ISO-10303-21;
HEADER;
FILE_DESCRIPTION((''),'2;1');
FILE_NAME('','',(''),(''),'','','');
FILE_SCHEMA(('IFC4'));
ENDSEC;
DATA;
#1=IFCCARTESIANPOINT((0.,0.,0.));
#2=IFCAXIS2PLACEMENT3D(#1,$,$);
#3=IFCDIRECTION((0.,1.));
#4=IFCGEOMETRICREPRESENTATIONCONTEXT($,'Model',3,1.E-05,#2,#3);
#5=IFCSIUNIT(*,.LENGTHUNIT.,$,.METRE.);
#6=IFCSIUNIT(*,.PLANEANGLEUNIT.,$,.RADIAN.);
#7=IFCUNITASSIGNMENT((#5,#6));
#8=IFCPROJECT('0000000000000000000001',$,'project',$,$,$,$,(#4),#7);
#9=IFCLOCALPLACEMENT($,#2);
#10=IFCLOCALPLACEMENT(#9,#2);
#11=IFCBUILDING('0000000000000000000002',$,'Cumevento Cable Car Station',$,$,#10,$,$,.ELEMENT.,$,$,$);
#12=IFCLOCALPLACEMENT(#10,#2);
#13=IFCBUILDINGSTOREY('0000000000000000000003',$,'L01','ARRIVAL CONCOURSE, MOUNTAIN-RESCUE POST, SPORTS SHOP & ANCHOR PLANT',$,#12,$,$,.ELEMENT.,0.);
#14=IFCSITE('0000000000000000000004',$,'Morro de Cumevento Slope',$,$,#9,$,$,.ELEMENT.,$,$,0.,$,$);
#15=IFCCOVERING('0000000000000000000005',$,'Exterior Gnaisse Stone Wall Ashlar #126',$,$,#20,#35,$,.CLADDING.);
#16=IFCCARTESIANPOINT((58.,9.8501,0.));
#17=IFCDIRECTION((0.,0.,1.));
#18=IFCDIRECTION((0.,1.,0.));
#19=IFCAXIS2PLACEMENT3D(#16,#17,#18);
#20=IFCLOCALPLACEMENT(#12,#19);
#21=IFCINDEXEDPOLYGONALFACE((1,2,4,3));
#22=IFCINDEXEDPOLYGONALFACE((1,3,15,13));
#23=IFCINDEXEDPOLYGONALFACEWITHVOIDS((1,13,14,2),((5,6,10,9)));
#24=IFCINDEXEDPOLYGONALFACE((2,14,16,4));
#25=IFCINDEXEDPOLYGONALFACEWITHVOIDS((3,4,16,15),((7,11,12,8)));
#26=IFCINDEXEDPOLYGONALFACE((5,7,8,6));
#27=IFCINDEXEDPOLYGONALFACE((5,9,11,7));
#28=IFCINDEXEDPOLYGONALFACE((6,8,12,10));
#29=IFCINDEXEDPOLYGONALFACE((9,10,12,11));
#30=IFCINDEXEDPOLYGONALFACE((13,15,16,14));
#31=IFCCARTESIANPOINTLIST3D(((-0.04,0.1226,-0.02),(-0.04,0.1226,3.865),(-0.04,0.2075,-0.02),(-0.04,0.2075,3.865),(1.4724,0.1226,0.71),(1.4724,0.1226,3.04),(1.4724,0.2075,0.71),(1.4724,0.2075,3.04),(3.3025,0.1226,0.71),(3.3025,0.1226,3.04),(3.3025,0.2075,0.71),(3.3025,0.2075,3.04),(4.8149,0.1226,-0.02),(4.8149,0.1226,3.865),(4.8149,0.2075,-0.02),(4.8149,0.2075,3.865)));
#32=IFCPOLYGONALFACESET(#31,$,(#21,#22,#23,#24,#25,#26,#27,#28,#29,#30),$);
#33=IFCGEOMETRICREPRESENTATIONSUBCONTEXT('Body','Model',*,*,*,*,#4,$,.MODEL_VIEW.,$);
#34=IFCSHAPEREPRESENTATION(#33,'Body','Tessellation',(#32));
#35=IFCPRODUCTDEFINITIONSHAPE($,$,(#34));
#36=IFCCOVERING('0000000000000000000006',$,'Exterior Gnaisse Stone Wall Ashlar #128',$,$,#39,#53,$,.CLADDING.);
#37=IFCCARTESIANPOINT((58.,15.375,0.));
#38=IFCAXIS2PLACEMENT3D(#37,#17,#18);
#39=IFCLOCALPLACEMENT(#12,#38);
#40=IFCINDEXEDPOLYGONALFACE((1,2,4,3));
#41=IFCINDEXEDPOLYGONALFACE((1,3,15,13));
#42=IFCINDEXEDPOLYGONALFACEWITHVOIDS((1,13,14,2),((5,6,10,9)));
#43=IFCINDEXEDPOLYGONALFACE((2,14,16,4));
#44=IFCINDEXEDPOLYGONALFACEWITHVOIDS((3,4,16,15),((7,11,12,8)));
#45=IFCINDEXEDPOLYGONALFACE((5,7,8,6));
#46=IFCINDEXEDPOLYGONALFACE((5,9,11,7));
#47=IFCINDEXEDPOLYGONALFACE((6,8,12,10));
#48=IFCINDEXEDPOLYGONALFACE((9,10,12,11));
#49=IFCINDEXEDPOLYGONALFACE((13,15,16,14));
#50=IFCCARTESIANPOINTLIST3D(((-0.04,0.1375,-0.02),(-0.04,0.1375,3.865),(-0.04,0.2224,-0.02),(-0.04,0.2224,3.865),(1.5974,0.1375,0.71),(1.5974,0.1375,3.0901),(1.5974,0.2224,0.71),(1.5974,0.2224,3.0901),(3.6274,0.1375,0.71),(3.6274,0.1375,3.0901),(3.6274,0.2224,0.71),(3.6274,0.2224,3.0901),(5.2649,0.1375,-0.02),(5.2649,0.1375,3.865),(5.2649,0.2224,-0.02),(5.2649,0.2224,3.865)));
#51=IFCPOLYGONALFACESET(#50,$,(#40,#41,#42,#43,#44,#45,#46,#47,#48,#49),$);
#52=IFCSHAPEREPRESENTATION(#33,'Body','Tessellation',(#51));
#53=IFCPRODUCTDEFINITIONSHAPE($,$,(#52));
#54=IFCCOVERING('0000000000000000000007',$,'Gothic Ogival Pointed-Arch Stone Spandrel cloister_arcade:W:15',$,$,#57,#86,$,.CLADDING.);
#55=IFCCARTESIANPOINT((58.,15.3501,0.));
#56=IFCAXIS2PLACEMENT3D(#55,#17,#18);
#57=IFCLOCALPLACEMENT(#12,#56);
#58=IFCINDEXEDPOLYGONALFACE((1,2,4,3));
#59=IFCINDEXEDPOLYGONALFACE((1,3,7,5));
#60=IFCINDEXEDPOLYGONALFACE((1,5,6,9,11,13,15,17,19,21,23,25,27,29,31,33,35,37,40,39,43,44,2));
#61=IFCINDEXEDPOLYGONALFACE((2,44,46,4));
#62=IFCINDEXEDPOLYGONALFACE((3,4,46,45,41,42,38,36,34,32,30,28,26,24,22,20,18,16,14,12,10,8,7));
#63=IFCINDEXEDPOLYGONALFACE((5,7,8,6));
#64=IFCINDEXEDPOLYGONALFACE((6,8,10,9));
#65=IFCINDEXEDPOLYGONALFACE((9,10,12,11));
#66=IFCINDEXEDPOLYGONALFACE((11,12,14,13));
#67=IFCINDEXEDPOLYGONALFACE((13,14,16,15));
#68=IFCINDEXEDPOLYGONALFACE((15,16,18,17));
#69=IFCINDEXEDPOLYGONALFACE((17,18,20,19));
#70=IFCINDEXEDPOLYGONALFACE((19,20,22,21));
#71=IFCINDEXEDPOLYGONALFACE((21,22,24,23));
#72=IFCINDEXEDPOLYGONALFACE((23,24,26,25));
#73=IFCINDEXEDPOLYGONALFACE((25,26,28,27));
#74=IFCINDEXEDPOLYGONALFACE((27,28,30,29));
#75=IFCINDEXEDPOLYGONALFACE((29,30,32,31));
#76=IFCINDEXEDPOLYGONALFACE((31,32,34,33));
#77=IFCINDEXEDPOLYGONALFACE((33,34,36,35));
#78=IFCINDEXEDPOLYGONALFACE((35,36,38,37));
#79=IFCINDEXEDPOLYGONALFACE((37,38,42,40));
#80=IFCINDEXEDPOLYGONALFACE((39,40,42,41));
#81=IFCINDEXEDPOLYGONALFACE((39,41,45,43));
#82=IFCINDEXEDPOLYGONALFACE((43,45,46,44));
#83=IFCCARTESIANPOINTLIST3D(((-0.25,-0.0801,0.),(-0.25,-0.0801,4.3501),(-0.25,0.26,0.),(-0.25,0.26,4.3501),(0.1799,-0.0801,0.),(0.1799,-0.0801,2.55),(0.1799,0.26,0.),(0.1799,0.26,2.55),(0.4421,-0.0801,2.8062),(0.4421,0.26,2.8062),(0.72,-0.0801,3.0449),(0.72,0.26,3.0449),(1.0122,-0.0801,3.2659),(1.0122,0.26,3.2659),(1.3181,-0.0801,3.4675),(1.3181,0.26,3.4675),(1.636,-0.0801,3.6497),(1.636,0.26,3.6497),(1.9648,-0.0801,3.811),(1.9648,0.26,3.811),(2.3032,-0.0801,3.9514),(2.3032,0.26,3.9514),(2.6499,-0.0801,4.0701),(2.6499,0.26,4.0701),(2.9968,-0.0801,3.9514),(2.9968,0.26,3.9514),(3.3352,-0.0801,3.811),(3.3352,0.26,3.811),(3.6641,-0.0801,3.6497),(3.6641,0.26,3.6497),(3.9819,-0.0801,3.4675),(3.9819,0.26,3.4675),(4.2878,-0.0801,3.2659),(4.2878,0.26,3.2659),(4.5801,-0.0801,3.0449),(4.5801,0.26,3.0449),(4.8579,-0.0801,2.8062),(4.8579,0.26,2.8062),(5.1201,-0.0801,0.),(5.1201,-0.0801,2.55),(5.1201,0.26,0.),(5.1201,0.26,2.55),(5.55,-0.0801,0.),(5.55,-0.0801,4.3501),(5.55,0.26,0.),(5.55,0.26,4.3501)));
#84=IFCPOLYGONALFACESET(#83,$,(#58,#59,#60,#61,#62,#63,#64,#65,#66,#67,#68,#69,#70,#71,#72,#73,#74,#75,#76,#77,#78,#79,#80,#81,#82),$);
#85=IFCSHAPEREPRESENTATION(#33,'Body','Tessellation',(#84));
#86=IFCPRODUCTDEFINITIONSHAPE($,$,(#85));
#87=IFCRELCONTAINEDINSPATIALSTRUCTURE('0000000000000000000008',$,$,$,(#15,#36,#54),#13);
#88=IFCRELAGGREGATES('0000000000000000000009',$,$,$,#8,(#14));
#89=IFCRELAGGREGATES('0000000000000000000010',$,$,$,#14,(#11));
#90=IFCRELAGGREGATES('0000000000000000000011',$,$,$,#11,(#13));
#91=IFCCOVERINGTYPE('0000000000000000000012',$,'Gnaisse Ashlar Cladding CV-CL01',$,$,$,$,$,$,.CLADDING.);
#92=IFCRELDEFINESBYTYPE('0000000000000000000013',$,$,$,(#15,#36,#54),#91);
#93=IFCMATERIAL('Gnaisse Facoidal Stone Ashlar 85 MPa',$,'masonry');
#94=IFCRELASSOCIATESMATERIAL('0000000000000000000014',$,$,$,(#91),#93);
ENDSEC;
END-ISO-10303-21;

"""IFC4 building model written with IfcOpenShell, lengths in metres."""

from ifc_helpers import new_model, si_unit, direction, frame, origin, place, context, subcontext, project, spatial, polyline, outline, extrude, material, type_object, element, save


model = new_model("IFC4")

# Units and contexts
model_context = context("Model", 3, precision=1e-05, world=origin(), true_north=direction((0.0, 1.0)))
body_context = subcontext(model_context, "Body", "Model", "MODEL_VIEW")
ifc_project = project(units=[si_unit("LENGTHUNIT", "METRE"), si_unit("PLANEANGLEUNIT", "RADIAN")], contexts=[model_context])

# Site, building, storey
site_placement = place(None, origin())
site = spatial("IfcSite", under=ifc_project, at=site_placement, Name="Morro de Cumevento Slope", CompositionType="ELEMENT", RefElevation=0.0)
building_placement = place(site_placement, origin())
building = spatial("IfcBuilding", under=site, at=building_placement, Name="Cumevento Cable Car Station", CompositionType="ELEMENT")
storey_placement = place(building_placement, origin())
storey = spatial("IfcBuildingStorey", under=building, at=storey_placement, Name="L01", Description="ARRIVAL CONCOURSE, MOUNTAIN-RESCUE POST, SPORTS SHOP & ANCHOR PLANT", CompositionType="ELEMENT", Elevation=0.0)

# Coverings
ifc_material_1 = material(Name="Gnaisse Facoidal Stone Ashlar 85 MPa", Category="masonry")
covering_type = type_object("IfcCoveringType", Name="Gnaisse Ashlar Cladding CV-CL01", PredefinedType="CLADDING", material=ifc_material_1)
covering_1_placement = place(storey_placement, frame((58.0, 9.8501, 0.0), z_axis=(0.0, 0.0, 1.0), x_axis=(0.0, 1.0, 0.0)))
element("IfcCovering", 1, at=covering_1_placement, inside=storey, type_object=covering_type, Name="Exterior Gnaisse Stone Wall Ashlar #126", PredefinedType="CLADDING", context=body_context, shape_type="SweptSolid", body=[
    extrude(outline(polyline([(-0.04, -0.02), (4.8149, -0.02), (4.8149, 3.865), (-0.04, 3.865), (-0.04, -0.02)]), holes=[polyline([(1.4724, 0.71), (3.3025, 0.71), (3.3025, 3.04), (1.4724, 3.04), (1.4724, 0.71)])]), frame((0.0, 0.2075, 0.0), z_axis=(0.0, -1.0, 0.0), x_axis=(1.0, 0.0, 0.0)), (0.0, 0.0, 1.0), 0.085),
])
covering_2_placement = place(storey_placement, frame((58.0, 15.375, 0.0), z_axis=(0.0, 0.0, 1.0), x_axis=(0.0, 1.0, 0.0)))
element("IfcCovering", 2, at=covering_2_placement, inside=storey, type_object=covering_type, Name="Exterior Gnaisse Stone Wall Ashlar #128", PredefinedType="CLADDING", context=body_context, shape_type="SweptSolid", body=[
    extrude(outline(polyline([(-0.04, -0.02), (5.2649, -0.02), (5.2649, 3.865), (-0.04, 3.865), (-0.04, -0.02)]), holes=[polyline([(1.5974, 0.71), (3.6274, 0.71), (3.6274, 3.0901), (1.5974, 3.0901), (1.5974, 0.71)])]), frame((0.0, 0.2224, 0.0), z_axis=(0.0, -1.0, 0.0), x_axis=(1.0, 0.0, 0.0)), (0.0, 0.0, 1.0), 0.085),
])
covering_3_placement = place(storey_placement, frame((58.0, 15.3501, 0.0), z_axis=(0.0, 0.0, 1.0), x_axis=(0.0, 1.0, 0.0)))
element("IfcCovering", 3, at=covering_3_placement, inside=storey, type_object=covering_type, Name="Gothic Ogival Pointed-Arch Stone Spandrel cloister_arcade:W:15", PredefinedType="CLADDING", context=body_context, shape_type="SweptSolid", body=[
    extrude(outline(polyline([(-0.25, 0.0), (-0.25, 4.3501), (5.55, 4.3501), (5.55, 0.0), (5.1201, 0.0), (5.1201, 2.55), (4.8579, 2.8062), (4.5801, 3.0449), (4.2878, 3.2659), (3.9819, 3.4675), (3.6641, 3.6497), (3.3352, 3.811), (2.9968, 3.9514), (2.6499, 4.0701), (2.3032, 3.9514), (1.9648, 3.811), (1.636, 3.6497), (1.3181, 3.4675), (1.0122, 3.2659), (0.72, 3.0449), (0.4421, 2.8062), (0.1799, 2.55), (0.1799, 0.0), (-0.25, 0.0)])), frame((0.0, 0.26, 0.0), z_axis=(0.0, -1.0, 0.0), x_axis=(1.0, 0.0, 0.0)), (0.0, 0.0, 1.0), 0.3401),
])

save(model, "model.ifc")
